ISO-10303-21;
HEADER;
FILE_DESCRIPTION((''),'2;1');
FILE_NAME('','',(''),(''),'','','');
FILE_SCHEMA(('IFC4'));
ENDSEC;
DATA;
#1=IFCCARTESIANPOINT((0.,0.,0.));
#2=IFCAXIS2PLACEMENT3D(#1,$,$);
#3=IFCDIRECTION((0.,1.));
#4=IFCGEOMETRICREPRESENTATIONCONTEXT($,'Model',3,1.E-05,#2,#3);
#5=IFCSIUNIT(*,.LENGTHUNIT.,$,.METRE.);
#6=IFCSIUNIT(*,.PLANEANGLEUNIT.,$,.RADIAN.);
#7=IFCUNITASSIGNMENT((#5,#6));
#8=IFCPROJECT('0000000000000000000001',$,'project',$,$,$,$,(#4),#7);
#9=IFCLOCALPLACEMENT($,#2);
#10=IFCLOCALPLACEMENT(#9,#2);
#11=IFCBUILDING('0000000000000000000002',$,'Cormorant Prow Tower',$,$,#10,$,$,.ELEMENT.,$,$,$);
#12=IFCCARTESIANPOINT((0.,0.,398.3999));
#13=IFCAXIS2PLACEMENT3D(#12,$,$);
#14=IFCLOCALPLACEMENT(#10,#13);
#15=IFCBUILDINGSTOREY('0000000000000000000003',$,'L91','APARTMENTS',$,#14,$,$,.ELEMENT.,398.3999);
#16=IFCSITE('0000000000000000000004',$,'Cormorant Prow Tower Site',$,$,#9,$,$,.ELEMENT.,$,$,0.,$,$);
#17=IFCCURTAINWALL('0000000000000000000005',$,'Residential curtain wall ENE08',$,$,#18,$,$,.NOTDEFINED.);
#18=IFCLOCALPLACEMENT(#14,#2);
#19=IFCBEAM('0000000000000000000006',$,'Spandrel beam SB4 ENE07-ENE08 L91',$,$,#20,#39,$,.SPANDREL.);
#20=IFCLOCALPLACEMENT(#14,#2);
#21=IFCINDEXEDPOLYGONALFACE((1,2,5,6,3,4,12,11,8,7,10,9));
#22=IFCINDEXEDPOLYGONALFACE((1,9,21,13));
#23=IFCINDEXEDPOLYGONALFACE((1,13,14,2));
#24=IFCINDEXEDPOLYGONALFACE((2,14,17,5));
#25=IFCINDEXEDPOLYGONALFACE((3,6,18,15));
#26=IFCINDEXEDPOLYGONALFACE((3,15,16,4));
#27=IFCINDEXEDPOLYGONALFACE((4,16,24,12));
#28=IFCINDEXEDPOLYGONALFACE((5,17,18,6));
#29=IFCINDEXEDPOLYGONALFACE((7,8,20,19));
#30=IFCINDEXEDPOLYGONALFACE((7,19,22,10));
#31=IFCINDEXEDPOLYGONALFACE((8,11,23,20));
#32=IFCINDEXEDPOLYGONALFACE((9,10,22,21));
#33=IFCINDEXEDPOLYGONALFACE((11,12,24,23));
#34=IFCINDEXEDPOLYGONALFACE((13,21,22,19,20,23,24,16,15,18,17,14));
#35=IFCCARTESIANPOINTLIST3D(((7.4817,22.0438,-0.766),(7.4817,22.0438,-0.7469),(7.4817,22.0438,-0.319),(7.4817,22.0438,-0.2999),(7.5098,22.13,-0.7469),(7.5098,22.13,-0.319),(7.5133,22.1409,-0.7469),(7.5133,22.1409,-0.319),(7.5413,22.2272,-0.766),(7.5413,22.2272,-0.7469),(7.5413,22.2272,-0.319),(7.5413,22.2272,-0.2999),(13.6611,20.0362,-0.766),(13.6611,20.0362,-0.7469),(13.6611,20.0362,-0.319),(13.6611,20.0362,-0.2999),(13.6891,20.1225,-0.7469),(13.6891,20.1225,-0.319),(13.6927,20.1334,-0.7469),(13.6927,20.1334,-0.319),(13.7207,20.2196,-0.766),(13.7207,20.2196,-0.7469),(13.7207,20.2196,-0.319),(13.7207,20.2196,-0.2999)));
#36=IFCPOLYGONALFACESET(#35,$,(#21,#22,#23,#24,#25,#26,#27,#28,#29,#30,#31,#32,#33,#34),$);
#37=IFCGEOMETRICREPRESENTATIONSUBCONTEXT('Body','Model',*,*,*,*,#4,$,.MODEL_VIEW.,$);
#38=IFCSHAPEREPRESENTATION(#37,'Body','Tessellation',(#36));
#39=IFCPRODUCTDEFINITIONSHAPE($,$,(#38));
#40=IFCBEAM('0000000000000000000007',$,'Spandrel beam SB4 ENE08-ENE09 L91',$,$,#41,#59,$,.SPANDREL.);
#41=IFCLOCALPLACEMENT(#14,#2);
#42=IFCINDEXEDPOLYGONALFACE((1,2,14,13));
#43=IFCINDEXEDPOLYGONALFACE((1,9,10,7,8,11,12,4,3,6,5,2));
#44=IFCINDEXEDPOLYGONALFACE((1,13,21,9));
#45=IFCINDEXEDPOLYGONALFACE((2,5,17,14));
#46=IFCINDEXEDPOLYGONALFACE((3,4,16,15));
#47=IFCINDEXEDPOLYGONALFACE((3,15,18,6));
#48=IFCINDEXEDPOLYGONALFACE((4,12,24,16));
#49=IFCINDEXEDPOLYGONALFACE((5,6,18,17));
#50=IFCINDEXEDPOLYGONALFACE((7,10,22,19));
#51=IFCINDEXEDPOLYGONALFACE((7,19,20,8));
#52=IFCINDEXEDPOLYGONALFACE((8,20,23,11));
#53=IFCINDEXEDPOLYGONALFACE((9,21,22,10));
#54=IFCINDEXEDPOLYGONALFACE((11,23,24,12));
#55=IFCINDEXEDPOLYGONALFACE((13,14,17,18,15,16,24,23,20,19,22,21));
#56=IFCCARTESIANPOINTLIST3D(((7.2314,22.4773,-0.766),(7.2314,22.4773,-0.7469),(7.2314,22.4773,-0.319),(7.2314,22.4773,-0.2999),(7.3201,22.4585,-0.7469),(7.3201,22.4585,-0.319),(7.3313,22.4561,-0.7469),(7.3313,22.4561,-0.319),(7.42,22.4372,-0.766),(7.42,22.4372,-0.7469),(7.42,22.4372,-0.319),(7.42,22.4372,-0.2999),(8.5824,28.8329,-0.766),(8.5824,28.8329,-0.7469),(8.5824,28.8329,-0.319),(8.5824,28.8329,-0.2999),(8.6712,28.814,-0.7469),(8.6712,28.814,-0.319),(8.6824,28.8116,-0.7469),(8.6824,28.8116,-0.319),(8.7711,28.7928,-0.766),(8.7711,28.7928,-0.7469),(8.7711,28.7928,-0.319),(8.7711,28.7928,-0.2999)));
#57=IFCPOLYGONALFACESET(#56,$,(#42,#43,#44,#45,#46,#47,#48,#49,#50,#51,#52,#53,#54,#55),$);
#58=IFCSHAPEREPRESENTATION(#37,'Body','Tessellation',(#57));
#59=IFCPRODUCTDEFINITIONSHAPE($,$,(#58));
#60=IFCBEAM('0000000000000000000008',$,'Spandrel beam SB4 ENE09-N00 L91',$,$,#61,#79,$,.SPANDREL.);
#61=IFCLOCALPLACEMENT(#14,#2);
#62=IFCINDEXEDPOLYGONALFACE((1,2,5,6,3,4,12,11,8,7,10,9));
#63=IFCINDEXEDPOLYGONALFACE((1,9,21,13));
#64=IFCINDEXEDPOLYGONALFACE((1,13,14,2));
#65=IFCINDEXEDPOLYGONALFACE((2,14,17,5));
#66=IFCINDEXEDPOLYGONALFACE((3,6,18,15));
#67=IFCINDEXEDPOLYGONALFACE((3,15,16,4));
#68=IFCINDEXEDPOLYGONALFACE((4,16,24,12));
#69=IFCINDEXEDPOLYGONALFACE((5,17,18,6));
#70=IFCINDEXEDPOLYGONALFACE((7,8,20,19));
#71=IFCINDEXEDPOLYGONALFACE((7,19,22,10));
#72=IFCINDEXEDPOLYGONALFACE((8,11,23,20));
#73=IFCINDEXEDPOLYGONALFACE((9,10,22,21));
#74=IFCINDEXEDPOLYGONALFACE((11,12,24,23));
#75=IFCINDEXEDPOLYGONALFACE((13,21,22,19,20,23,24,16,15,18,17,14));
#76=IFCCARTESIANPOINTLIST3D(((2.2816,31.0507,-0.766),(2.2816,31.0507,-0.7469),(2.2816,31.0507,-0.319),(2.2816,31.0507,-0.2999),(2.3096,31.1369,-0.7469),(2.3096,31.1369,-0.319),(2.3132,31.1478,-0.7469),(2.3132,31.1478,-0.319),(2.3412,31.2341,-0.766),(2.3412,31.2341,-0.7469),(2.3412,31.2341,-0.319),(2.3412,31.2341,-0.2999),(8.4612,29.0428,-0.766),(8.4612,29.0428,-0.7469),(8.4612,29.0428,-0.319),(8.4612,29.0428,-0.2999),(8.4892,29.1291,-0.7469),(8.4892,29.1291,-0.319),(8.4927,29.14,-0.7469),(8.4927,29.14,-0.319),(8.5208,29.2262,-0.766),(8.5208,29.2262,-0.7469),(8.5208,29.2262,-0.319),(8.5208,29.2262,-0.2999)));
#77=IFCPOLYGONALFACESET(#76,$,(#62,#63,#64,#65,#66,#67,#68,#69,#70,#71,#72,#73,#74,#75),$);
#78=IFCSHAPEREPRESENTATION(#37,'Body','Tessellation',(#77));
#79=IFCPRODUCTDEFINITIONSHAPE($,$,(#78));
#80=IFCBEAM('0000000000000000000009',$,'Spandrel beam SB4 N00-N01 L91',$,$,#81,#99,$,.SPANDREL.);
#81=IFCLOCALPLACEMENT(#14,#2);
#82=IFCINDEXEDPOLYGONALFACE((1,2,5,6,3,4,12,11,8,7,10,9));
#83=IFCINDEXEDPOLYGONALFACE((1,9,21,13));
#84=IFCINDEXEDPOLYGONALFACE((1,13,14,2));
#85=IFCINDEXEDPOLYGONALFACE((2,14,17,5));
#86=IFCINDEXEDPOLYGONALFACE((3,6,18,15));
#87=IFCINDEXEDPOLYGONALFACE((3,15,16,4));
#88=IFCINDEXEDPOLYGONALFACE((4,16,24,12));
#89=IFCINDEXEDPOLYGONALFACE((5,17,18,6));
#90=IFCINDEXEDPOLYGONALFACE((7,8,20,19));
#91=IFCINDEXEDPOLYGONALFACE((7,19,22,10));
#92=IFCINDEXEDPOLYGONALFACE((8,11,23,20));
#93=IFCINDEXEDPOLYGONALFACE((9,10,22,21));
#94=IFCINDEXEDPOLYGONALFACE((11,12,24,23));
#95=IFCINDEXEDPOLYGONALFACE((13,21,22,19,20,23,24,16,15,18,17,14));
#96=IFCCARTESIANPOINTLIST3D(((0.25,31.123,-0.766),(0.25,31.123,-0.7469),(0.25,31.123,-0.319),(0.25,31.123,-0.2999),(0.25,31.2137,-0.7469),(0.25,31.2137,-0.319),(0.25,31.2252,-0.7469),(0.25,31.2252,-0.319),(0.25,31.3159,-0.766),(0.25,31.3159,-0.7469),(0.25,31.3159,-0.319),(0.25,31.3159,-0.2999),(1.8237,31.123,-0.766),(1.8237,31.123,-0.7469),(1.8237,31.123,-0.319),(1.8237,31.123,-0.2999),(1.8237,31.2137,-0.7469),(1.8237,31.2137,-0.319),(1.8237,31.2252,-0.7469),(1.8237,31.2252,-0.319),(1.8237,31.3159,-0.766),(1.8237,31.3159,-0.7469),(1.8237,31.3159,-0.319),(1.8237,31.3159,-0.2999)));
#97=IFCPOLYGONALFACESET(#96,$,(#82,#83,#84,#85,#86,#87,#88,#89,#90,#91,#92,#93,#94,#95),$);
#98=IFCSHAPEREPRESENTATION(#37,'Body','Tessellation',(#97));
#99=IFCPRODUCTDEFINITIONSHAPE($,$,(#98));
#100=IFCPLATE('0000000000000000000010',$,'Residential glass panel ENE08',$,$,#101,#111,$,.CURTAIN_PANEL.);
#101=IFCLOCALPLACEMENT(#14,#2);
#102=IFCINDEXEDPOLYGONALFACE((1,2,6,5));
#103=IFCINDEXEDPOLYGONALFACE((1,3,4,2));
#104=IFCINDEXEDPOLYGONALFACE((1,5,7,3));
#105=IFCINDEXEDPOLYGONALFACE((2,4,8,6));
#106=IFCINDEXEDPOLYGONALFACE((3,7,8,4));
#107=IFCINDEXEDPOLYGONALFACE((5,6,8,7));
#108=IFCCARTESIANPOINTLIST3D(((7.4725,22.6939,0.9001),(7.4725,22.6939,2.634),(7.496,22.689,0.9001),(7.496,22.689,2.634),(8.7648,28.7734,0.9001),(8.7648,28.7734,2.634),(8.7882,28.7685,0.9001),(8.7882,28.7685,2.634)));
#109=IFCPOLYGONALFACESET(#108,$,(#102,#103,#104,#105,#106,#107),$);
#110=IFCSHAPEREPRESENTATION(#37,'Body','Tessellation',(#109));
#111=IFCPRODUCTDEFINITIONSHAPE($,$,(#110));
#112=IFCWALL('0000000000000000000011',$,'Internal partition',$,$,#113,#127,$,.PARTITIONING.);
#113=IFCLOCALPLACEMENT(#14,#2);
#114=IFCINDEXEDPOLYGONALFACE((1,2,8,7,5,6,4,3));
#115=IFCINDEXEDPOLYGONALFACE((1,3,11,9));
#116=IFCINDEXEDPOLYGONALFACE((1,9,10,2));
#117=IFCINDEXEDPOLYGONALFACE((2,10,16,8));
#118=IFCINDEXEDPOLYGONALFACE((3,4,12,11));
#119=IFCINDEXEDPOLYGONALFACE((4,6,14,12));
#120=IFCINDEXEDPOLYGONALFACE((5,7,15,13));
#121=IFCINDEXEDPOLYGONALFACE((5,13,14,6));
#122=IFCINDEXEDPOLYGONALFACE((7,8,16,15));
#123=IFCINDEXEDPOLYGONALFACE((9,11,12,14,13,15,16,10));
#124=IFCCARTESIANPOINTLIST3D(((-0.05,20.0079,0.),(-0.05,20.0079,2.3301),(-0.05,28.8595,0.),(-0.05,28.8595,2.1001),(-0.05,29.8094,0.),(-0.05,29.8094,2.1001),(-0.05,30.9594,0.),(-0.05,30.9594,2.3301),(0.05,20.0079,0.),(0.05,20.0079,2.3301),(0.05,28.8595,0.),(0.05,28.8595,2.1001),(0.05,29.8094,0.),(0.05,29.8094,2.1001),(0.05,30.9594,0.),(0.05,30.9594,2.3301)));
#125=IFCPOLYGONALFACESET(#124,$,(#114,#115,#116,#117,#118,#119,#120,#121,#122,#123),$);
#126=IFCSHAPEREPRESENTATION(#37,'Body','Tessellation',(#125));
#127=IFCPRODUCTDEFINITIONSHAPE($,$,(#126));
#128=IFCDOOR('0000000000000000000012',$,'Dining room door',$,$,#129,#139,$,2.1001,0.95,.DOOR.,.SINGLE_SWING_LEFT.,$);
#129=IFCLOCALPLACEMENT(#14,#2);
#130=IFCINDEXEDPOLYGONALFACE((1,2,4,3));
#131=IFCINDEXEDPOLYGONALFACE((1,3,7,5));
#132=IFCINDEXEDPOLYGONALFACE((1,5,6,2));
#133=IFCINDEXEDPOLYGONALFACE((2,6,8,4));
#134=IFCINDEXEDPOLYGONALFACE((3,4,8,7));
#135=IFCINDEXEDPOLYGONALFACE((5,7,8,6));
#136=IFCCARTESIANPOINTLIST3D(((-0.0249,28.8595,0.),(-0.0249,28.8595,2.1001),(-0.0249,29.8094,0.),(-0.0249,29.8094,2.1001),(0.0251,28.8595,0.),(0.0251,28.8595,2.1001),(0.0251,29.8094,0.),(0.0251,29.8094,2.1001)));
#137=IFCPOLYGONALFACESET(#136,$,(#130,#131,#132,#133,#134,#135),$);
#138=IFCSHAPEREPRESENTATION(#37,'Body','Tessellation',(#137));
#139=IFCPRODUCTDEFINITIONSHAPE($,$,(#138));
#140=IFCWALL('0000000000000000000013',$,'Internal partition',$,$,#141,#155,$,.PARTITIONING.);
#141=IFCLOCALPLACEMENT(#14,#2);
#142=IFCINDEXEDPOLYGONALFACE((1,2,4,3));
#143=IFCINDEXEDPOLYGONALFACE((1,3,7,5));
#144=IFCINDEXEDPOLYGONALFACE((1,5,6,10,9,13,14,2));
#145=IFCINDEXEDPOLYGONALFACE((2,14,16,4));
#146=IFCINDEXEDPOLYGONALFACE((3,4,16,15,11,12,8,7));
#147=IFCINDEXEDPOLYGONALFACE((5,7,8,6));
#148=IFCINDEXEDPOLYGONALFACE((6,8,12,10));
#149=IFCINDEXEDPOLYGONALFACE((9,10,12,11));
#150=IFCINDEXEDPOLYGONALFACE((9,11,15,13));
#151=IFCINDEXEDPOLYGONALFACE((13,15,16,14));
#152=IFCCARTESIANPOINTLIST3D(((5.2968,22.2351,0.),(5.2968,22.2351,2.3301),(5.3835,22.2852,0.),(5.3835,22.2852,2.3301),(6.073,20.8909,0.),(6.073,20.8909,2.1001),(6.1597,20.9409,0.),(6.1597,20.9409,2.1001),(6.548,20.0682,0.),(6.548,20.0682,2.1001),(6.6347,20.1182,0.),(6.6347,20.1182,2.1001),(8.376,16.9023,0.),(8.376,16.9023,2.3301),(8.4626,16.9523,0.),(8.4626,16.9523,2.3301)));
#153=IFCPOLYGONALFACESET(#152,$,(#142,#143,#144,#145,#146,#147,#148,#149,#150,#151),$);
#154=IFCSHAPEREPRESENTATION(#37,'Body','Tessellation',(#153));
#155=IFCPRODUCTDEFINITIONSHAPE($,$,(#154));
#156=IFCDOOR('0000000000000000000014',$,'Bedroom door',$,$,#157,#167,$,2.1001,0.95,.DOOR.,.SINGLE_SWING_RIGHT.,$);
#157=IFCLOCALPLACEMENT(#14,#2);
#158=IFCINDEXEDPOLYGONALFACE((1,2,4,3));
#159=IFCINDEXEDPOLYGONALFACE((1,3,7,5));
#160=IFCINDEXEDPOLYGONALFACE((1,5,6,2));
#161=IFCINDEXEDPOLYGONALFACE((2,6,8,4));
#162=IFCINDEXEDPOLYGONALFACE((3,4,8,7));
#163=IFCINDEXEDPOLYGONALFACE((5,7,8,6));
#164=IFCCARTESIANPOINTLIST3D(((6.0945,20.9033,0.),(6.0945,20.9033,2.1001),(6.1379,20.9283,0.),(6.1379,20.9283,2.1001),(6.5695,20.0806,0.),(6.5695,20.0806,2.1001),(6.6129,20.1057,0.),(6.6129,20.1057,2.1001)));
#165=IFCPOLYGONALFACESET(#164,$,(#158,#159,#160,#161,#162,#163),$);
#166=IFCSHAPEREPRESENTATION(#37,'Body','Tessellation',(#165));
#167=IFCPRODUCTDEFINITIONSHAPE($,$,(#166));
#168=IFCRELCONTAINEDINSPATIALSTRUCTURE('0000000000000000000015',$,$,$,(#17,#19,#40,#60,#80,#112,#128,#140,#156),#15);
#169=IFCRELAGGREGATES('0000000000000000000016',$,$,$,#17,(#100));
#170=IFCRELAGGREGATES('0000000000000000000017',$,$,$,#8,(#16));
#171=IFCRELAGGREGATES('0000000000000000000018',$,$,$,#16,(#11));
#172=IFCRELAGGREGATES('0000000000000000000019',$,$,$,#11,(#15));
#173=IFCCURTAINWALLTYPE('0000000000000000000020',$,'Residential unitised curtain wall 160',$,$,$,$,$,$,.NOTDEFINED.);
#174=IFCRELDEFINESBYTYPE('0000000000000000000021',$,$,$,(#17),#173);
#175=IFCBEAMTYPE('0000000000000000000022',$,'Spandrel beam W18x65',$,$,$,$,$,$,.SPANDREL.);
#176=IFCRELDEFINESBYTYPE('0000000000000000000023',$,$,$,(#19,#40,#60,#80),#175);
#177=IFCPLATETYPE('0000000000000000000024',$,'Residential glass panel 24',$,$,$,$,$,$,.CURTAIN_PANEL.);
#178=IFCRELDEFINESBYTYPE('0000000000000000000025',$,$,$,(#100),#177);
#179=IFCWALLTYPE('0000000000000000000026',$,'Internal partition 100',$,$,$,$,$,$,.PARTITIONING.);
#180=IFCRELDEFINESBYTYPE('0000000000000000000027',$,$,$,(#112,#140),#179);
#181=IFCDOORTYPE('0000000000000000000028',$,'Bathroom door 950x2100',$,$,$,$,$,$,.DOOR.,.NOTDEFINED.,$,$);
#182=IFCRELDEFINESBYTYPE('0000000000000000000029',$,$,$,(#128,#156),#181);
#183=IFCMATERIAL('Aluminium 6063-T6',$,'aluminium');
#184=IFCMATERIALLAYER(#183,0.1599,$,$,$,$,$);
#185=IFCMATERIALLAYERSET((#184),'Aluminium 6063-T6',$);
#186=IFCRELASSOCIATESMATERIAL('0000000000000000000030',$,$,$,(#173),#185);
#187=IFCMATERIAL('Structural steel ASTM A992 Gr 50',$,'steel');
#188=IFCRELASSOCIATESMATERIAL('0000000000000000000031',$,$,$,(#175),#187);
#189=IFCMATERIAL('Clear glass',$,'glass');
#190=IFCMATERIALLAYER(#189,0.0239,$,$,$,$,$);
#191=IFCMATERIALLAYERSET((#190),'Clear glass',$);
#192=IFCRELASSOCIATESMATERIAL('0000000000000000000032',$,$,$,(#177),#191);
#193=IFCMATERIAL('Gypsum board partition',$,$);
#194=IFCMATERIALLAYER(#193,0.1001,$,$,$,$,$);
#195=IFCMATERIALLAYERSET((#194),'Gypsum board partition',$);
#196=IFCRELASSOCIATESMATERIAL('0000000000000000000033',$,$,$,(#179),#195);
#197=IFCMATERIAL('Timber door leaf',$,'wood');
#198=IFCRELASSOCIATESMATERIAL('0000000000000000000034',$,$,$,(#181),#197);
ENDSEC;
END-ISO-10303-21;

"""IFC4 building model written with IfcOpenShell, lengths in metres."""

from ifc_helpers import new_model, si_unit, direction, frame, frame_2d, origin, origin_2d, place, context, subcontext, project, spatial, rectangle, i_section, extrude, material, layer, layer_set, material_profile, profile_set, type_object, element, fill, aggregate, save


model = new_model("IFC4")

# Units and contexts
model_context = context("Model", 3, precision=1e-05, world=origin(), true_north=direction((0.0, 1.0)))
body_context = subcontext(model_context, "Body", "Model", "MODEL_VIEW")
ifc_project = project(units=[si_unit("LENGTHUNIT", "METRE"), si_unit("PLANEANGLEUNIT", "RADIAN")], contexts=[model_context])

# Site, building, storey
site_placement = place(None, origin())
site = spatial("IfcSite", under=ifc_project, at=site_placement, Name="Cormorant Prow Tower Site", CompositionType="ELEMENT", RefElevation=0.0)
building_placement = place(site_placement, origin())
building = spatial("IfcBuilding", under=site, at=building_placement, Name="Cormorant Prow Tower", CompositionType="ELEMENT")
storey_placement = place(building_placement, frame((0.0, 0.0, 398.3999)))
storey = spatial("IfcBuildingStorey", under=building, at=storey_placement, Name="L91", Description="APARTMENTS", CompositionType="ELEMENT", Elevation=398.3999)

# Curtain wall
ifc_material_1 = material(Name="Aluminium 6063-T6", Category="aluminium")
ifc_layer_1 = layer(ifc_material_1, 0.1599)
ifc_layer_set_1 = layer_set([ifc_layer_1], Name="Aluminium 6063-T6")
curtain_wall_type = type_object("IfcCurtainWallType", Name="Residential unitised curtain wall 160", PredefinedType="NOTDEFINED", material=ifc_layer_set_1)
curtain_wall_placement = place(storey_placement, origin())
curtain_wall = element("IfcCurtainWall", 1, at=curtain_wall_placement, inside=storey, type_object=curtain_wall_type, Name="Residential curtain wall ENE08", PredefinedType="NOTDEFINED")

# Beams
ifc_material_2 = material(Name="Structural steel ASTM A992 Gr 50", Category="steel")
ifc_material_profile_1 = material_profile(ifc_material_2, i_section(OverallWidth=0.1929, OverallDepth=0.4661, WebThickness=0.0115, FlangeThickness=0.019, at=origin_2d()), Name="W18x65")
ifc_profile_set_1 = profile_set([ifc_material_profile_1], Name="Structural steel ASTM A992 Gr 50")
beam_type_1 = type_object("IfcBeamType", Name="Spandrel beam W18x65", PredefinedType="SPANDREL", material=ifc_profile_set_1)
beam_1_placement = place(storey_placement, frame((13.6909, 20.1279, -0.533), z_axis=(-0.951068, 0.308982, 0.0), x_axis=(-0.308982, -0.951068, 0.0)))
element("IfcBeam", 2, at=beam_1_placement, inside=storey, type_object=beam_type_1, Name="Spandrel beam SB4 ENE07-ENE08 L91", PredefinedType="SPANDREL", context=body_context, shape_type="SweptSolid", body=[
    extrude(i_section(OverallWidth=0.1929, OverallDepth=0.4661, WebThickness=0.0115, FlangeThickness=0.019, at=origin_2d()), origin(), (0.0, 0.0, 1.0), 6.4973),
])
for number, where, z_axis, x_axis, name in (
    (3, (7.3257, 22.4573, -0.533), (0.207938, 0.978142, 0.0), (-0.978142, 0.207938, 0.0), "Spandrel beam SB4 ENE08-ENE09 L91"),
    (4, (8.491, 29.1345, -0.533), (-0.951057, 0.309016, 0.0), (-0.309016, -0.951057, 0.0), "Spandrel beam SB4 ENE09-N00 L91"),
):
    element("IfcBeam", number, at=place(storey_placement, frame(where, z_axis=z_axis, x_axis=x_axis)), inside=storey, type_object=beam_type_1, Name=name, PredefinedType="SPANDREL", context=body_context, shape_type="SweptSolid", body=[
        extrude(i_section(OverallWidth=0.1929, OverallDepth=0.4661, WebThickness=0.0115, FlangeThickness=0.019, at=origin_2d()), origin(), (0.0, 0.0, 1.0), 6.4976),
    ])
beam_2_placement = place(storey_placement, frame((1.8237, 31.2195, -0.533), z_axis=(-1.0, 0.0, 0.0), x_axis=(0.0, -1.0, 0.0)))
element("IfcBeam", 5, at=beam_2_placement, inside=storey, type_object=beam_type_1, Name="Spandrel beam SB4 N00-N01 L91", PredefinedType="SPANDREL", context=body_context, shape_type="SweptSolid", body=[
    extrude(i_section(OverallWidth=0.1929, OverallDepth=0.4661, WebThickness=0.0115, FlangeThickness=0.019, at=origin_2d()), origin(), (0.0, 0.0, 1.0), 1.5737),
])

# Plate
ifc_material_3 = material(Name="Clear glass", Category="glass")
ifc_layer_2 = layer(ifc_material_3, 0.0239)
ifc_layer_set_2 = layer_set([ifc_layer_2], Name="Clear glass")
plate_type = type_object("IfcPlateType", Name="Residential glass panel 24", PredefinedType="CURTAIN_PANEL", material=ifc_layer_set_2)
plate_placement = place(storey_placement, frame((8.1304, 25.7312, 0.9001), z_axis=(0.0, 0.0, 1.0), x_axis=(0.207912, 0.978148, 0.0)))
plate = element("IfcPlate", 6, at=plate_placement, type_object=plate_type, Name="Residential glass panel ENE08", PredefinedType="CURTAIN_PANEL", context=body_context, shape_type="SweptSolid", body=[
    extrude(rectangle(XDim=6.2153, YDim=0.0239, at=origin_2d()), origin(), (0.0, 0.0, 1.0), 1.7339),
])
aggregate(curtain_wall, [plate])

# Walls, openings, doors
ifc_material_4 = material(Name="Gypsum board partition")
ifc_layer_3 = layer(ifc_material_4, 0.1001)
ifc_layer_set_3 = layer_set([ifc_layer_3], Name="Gypsum board partition")
wall_type_1 = type_object("IfcWallType", Name="Internal partition 100", PredefinedType="PARTITIONING", material=ifc_layer_set_3)
wall_1_placement = place(storey_placement, frame((0.0, 20.0081, 0.0), z_axis=(0.0, 0.0, 1.0), x_axis=(0.0, 1.0, 0.0)))
wall_1 = element("IfcWall", 7, at=wall_1_placement, inside=storey, type_object=wall_type_1, Name="Internal partition", PredefinedType="PARTITIONING", context=body_context, shape_type="SweptSolid", body=[
    extrude(rectangle(XDim=10.9514, YDim=0.1001, at=frame_2d((5.4756, 0.0))), origin(), (0.0, 0.0, 1.0), 2.3301),
])
opening_1_placement = place(wall_1_placement, frame((8.8513, 0.0, 0.0)))
opening_1 = element("IfcOpeningElement", 8, at=opening_1_placement, cuts=wall_1, PredefinedType="OPENING", context=body_context, shape_type="SweptSolid", body=[
    extrude(rectangle(XDim=0.95, YDim=2.1001, at=frame_2d((0.4751, 1.05))), frame((0.0, 0.0601, 0.0), z_axis=(0.0, -1.0, 0.0), x_axis=(1.0, 0.0, 0.0)), (0.0, 0.0, 1.0), 0.1201),
])
ifc_material_5 = material(Name="Timber door leaf", Category="wood")
door_type_1 = type_object("IfcDoorType", Name="Bathroom door 950x2100", OperationType="NOTDEFINED", PredefinedType="DOOR", material=ifc_material_5)
door_1_placement = place(opening_1_placement, origin())
door_1 = element("IfcDoor", 9, at=door_1_placement, inside=storey, type_object=door_type_1, Name="Dining room door", OperationType="SINGLE_SWING_LEFT", OverallHeight=2.1001, OverallWidth=0.95, PredefinedType="DOOR", context=body_context, shape_type="SweptSolid", body=[
    extrude(rectangle(XDim=0.95, YDim=2.1001, at=frame_2d((0.4751, 1.05))), frame((0.0, 0.0249, 0.0), z_axis=(0.0, -1.0, 0.0), x_axis=(1.0, 0.0, 0.0)), (0.0, 0.0, 1.0), 0.05),
])
fill(opening_1, door_1)
wall_2_placement = place(storey_placement, frame((5.3401, 22.2603, 0.0), z_axis=(0.0, 0.0, 1.0), x_axis=(0.500028, -0.866009, 0.0)))
wall_2 = element("IfcWall", 10, at=wall_2_placement, inside=storey, type_object=wall_type_1, Name="Internal partition", PredefinedType="PARTITIONING", context=body_context, shape_type="SweptSolid", body=[
    extrude(rectangle(XDim=6.158, YDim=0.1001, at=frame_2d((3.0791, 0.0))), origin(), (0.0, 0.0, 1.0), 2.3301),
])
opening_2_placement = place(wall_2_placement, frame((1.5522, 0.0, 0.0)))
opening_2 = element("IfcOpeningElement", 11, at=opening_2_placement, cuts=wall_2, PredefinedType="OPENING", context=body_context, shape_type="SweptSolid", body=[
    extrude(rectangle(XDim=0.95, YDim=2.1001, at=frame_2d((0.4751, 1.05))), frame((0.0, 0.0601, 0.0), z_axis=(0.0, -1.0, 0.0), x_axis=(1.0, 0.0, 0.0)), (0.0, 0.0, 1.0), 0.1201),
])
door_2_placement = place(opening_2_placement, origin())
door_2 = element("IfcDoor", 12, at=door_2_placement, inside=storey, type_object=door_type_1, Name="Bedroom door", OperationType="SINGLE_SWING_RIGHT", OverallHeight=2.1001, OverallWidth=0.95, PredefinedType="DOOR", context=body_context, shape_type="SweptSolid", body=[
    extrude(rectangle(XDim=0.95, YDim=2.1001, at=frame_2d((0.4751, 1.05))), frame((0.0, 0.0249, 0.0), z_axis=(0.0, -1.0, 0.0), x_axis=(1.0, 0.0, 0.0)), (0.0, 0.0, 1.0), 0.05),
])
fill(opening_2, door_2)

save(model, "model.ifc")
